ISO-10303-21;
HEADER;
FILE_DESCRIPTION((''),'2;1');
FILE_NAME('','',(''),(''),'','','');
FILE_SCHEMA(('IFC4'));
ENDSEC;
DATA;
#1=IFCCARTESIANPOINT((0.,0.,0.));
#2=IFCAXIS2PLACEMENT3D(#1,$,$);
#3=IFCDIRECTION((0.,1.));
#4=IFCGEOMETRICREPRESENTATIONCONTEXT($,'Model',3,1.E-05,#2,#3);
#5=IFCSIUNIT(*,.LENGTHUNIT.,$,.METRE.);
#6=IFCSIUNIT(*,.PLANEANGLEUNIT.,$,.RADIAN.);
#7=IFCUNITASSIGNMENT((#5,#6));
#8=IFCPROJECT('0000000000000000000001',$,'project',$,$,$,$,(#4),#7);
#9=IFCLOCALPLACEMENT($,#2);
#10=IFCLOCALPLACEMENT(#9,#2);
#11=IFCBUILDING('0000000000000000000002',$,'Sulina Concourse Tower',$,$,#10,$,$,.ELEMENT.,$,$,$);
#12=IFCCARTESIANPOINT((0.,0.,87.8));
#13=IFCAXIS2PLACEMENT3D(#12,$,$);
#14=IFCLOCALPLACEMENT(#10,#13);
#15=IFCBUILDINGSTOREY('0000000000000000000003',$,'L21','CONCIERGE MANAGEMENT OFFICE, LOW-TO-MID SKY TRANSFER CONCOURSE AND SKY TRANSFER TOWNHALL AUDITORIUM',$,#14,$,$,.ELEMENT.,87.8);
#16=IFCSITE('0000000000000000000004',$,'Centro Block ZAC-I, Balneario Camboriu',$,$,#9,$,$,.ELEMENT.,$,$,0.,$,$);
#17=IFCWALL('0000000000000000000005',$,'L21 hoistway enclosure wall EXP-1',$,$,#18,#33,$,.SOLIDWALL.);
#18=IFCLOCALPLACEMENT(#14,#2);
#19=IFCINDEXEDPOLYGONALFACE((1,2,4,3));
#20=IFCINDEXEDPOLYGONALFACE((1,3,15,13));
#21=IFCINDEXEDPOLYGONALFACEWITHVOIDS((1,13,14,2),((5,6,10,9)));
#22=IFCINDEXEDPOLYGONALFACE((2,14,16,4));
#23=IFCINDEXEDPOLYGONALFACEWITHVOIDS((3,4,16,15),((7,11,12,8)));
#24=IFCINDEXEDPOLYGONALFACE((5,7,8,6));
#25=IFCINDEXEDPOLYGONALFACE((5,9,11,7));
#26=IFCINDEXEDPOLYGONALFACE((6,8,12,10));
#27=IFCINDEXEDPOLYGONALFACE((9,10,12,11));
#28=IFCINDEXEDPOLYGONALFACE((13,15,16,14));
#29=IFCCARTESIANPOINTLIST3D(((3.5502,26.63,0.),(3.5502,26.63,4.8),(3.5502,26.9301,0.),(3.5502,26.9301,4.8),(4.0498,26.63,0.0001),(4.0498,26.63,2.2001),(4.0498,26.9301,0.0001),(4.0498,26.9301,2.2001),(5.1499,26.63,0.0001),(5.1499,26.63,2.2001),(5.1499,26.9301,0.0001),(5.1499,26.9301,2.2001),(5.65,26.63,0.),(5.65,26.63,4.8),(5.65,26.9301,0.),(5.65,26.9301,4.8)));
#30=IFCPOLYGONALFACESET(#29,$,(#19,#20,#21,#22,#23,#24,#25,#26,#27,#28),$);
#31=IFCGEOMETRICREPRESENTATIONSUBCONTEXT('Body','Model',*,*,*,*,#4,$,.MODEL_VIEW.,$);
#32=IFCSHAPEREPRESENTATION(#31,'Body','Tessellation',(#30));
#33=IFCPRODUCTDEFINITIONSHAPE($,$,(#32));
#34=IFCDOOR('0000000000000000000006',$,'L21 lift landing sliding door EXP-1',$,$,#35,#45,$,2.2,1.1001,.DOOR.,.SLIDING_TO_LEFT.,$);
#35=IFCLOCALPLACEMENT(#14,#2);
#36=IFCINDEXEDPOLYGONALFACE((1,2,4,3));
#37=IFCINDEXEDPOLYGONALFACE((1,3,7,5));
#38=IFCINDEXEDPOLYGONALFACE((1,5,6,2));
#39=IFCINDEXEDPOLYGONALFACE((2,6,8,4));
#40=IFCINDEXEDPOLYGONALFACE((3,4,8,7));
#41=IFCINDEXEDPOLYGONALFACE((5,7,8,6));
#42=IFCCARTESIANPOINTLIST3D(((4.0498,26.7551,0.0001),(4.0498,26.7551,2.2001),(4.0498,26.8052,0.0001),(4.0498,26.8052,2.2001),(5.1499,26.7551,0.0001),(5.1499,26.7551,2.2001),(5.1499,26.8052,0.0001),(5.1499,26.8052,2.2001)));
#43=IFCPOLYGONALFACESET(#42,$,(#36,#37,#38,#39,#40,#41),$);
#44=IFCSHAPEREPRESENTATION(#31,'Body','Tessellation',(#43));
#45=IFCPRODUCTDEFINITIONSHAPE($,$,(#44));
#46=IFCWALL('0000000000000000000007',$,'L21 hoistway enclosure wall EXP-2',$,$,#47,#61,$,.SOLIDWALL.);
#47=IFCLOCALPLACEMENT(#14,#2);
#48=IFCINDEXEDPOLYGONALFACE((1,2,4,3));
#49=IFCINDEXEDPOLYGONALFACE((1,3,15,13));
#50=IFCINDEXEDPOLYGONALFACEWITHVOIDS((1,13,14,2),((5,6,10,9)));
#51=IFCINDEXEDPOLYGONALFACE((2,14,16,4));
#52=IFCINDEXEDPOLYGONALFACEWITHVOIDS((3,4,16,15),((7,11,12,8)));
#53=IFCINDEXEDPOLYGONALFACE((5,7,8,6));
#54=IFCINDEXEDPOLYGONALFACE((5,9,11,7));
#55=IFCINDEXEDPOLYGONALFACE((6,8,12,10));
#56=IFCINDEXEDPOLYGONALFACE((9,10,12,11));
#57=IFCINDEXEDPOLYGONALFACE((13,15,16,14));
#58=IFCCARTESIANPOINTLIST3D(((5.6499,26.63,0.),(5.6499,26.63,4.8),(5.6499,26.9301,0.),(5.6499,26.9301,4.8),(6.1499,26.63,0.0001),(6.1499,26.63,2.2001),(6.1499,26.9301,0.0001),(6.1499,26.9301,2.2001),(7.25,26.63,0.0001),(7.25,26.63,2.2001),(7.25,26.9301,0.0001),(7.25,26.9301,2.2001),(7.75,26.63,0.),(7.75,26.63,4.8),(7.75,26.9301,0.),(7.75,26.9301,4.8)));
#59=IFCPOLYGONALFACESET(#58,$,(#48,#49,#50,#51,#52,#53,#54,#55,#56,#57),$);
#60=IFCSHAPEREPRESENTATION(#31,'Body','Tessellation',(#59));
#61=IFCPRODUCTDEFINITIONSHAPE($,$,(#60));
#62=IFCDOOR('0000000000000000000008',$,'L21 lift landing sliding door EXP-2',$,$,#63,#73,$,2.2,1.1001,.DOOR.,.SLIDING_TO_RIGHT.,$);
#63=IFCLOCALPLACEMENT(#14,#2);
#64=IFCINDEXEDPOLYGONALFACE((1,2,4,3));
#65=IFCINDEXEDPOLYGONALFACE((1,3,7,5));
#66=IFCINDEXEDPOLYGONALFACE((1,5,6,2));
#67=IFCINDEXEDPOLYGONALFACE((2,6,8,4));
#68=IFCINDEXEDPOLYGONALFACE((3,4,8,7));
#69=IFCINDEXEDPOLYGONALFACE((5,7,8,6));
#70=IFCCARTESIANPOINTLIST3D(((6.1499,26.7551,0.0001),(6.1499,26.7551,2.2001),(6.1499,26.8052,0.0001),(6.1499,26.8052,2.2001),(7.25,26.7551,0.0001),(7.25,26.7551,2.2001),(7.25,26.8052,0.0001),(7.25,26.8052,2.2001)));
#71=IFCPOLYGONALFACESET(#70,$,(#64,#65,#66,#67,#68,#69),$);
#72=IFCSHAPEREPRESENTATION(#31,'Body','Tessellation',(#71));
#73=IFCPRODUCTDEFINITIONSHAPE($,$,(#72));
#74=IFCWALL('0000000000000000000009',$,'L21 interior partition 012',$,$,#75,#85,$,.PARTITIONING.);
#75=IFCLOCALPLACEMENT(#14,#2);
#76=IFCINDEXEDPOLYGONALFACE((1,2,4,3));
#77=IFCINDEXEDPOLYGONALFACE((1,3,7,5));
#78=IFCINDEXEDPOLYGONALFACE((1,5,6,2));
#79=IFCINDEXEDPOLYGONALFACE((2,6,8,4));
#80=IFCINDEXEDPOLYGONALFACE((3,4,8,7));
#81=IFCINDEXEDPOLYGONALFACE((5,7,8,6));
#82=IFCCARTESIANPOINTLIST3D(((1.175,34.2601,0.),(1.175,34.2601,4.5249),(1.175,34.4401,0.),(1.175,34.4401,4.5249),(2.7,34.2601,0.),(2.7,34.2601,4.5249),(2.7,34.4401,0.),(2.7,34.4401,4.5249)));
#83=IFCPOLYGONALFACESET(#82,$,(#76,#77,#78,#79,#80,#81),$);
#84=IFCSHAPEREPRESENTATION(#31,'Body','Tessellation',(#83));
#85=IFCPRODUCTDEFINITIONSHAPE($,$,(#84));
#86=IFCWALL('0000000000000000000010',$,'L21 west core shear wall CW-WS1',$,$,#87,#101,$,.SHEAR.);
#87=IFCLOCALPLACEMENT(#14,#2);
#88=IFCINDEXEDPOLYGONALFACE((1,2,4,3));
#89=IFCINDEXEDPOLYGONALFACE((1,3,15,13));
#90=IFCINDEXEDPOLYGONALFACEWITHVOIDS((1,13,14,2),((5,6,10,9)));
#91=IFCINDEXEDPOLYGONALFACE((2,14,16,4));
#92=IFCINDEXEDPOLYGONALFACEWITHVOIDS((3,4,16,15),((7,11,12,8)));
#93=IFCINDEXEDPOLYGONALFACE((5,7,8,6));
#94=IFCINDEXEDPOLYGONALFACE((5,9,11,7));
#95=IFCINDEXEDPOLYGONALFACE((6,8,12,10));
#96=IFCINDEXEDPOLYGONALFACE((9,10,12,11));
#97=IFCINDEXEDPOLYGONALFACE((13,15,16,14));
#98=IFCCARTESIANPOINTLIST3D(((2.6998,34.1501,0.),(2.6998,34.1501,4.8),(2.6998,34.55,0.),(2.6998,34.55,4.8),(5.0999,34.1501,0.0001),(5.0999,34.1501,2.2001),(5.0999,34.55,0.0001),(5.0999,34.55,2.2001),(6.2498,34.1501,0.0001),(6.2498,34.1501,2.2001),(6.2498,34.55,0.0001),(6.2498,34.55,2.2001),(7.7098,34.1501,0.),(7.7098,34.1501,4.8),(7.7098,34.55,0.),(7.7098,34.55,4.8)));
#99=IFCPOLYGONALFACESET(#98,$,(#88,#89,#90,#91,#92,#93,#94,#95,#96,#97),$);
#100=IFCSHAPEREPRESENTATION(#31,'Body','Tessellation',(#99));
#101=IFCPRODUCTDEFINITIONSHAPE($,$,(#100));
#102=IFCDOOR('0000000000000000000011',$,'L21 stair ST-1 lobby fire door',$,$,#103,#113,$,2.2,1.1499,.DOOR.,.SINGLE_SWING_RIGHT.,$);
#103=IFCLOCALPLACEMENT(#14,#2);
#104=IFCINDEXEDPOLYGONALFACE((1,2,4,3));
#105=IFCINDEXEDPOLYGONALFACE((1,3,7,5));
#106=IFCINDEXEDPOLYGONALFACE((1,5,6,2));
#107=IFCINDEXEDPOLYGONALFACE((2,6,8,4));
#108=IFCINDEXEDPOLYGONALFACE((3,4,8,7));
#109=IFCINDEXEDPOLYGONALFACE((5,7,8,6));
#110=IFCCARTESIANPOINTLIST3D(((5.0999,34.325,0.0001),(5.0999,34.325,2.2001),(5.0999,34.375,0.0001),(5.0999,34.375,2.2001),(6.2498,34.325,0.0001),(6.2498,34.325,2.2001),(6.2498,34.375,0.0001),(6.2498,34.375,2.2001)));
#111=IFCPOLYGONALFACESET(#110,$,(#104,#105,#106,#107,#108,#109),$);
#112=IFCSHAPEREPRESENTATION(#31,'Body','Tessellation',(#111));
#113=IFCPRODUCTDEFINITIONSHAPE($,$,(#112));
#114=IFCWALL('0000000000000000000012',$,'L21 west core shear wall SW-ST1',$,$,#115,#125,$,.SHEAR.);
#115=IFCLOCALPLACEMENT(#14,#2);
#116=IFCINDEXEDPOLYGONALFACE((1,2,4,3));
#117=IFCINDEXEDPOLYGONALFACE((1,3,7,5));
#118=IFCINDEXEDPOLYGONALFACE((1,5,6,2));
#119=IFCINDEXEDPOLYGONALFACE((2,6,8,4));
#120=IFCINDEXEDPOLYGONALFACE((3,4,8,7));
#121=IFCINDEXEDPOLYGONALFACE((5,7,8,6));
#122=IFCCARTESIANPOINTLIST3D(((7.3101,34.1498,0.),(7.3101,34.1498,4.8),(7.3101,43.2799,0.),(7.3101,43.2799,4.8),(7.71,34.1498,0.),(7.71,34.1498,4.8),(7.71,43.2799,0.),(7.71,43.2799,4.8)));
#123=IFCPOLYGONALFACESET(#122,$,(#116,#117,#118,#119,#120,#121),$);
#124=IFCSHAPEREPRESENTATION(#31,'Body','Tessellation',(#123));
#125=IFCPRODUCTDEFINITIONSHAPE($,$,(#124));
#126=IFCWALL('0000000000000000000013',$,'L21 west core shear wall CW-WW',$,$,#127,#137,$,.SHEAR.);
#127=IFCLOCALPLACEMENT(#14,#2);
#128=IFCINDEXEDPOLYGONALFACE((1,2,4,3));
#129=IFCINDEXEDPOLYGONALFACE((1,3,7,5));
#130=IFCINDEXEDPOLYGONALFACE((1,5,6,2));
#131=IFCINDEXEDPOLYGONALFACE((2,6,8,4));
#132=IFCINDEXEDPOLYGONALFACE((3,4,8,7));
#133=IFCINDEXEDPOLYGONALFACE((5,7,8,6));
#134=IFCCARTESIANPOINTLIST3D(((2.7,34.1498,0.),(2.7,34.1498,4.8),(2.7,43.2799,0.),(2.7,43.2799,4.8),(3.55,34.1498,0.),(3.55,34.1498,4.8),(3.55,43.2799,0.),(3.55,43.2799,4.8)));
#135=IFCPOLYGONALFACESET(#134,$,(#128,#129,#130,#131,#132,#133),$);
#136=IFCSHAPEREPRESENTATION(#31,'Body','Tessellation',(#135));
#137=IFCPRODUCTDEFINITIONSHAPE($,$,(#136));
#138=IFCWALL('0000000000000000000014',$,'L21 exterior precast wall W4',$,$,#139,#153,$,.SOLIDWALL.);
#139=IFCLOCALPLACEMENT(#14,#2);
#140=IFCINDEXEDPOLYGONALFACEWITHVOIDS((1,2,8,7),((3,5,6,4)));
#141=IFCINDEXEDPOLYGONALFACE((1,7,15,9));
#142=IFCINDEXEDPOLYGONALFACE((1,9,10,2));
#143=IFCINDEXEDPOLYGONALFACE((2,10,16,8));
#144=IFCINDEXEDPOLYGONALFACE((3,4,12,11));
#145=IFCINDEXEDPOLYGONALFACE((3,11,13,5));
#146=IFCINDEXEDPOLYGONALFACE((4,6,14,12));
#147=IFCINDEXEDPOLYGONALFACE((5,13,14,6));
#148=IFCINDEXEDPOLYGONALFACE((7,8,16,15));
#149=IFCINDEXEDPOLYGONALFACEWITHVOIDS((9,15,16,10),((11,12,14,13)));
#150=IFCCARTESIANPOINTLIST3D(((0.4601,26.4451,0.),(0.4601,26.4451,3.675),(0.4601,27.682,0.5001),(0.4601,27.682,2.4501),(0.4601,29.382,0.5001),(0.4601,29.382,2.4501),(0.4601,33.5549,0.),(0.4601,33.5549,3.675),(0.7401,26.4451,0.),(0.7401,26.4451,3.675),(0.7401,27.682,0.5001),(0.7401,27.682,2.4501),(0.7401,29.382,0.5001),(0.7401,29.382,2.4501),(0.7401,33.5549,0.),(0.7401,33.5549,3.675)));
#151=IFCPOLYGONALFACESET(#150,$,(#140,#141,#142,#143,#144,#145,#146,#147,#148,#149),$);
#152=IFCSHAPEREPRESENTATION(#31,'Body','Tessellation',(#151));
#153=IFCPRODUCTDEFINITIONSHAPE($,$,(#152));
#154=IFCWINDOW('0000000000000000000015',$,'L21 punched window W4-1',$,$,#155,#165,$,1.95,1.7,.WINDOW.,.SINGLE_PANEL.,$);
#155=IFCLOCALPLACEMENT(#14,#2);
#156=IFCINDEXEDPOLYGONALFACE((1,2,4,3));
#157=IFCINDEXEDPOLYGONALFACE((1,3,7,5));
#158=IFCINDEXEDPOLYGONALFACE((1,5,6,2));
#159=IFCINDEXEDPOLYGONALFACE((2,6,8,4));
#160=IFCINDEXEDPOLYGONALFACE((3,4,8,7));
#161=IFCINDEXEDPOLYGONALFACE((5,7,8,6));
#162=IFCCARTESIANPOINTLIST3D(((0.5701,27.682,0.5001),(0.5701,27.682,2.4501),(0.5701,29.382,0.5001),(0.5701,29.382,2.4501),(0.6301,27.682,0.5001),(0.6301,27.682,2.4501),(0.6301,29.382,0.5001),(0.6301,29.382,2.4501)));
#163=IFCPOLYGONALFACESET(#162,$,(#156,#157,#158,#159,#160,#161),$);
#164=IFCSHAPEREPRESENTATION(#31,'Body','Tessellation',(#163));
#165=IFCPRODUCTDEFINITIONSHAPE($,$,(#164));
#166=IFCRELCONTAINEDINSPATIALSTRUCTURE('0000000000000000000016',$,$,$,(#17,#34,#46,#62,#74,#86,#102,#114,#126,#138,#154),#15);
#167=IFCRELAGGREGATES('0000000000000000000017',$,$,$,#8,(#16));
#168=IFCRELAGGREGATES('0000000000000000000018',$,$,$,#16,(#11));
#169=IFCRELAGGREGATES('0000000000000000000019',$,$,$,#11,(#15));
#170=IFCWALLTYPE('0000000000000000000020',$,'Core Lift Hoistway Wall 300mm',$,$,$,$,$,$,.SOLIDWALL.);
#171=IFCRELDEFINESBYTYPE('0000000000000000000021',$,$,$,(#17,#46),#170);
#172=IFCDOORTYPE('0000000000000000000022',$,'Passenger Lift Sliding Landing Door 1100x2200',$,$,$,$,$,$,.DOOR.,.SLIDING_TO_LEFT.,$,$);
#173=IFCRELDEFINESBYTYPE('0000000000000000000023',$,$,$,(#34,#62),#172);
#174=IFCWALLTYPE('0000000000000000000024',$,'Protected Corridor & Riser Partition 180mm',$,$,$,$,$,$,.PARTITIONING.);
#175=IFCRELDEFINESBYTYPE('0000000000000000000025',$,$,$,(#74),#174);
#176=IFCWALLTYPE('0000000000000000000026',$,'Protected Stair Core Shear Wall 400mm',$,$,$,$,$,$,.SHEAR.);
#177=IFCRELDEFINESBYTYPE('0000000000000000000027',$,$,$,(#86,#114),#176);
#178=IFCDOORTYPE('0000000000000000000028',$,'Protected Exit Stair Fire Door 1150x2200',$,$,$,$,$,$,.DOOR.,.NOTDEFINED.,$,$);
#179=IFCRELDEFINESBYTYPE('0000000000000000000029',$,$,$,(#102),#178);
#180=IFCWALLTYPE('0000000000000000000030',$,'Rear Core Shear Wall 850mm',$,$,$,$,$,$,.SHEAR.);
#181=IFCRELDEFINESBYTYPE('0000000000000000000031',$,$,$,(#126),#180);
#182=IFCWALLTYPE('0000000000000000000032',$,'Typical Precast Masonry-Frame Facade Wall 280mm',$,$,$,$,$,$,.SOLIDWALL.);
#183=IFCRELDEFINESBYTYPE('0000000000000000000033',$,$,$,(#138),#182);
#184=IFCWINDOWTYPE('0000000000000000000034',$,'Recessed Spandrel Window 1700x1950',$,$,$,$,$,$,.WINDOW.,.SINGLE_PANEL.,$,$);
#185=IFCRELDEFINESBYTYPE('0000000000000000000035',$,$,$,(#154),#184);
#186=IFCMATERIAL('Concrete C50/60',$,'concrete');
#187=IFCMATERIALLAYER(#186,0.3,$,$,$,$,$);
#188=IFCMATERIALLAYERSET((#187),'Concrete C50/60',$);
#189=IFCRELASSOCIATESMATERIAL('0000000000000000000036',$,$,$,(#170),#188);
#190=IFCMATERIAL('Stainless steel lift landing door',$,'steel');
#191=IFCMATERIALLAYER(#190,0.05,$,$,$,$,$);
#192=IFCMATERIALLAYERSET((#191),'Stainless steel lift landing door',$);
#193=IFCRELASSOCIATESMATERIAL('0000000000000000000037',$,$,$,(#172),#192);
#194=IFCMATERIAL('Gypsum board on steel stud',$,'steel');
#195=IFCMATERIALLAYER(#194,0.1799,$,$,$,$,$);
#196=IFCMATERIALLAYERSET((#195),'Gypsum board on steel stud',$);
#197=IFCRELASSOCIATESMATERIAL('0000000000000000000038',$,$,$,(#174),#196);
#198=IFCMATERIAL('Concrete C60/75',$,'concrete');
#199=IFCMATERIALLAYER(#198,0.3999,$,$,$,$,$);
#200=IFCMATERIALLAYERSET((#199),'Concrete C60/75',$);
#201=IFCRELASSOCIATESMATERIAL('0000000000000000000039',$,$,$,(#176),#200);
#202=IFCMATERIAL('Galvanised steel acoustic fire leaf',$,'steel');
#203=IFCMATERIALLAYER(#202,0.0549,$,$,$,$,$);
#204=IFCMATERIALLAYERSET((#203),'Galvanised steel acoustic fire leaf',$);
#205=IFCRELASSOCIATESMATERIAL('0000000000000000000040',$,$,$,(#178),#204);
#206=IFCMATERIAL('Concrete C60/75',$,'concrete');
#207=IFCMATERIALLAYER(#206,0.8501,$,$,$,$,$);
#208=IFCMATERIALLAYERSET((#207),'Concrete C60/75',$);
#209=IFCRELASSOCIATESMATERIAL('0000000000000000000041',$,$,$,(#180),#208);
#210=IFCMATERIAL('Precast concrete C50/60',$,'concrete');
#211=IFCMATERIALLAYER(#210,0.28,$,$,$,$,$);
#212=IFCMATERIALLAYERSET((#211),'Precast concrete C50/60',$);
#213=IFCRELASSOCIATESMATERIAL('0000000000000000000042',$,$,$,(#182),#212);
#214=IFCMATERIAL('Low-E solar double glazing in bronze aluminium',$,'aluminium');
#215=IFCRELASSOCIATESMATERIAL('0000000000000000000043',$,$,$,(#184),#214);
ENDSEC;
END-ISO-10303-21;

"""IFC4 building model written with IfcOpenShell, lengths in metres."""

from ifc_helpers import new_model, si_unit, direction, frame, frame_2d, origin, place, context, subcontext, project, spatial, rectangle, extrude, material, layer, layer_set, type_object, element, fill, save


model = new_model("IFC4")

# Units and contexts
model_context = context("Model", 3, precision=1e-05, world=origin(), true_north=direction((0.0, 1.0)))
body_context = subcontext(model_context, "Body", "Model", "MODEL_VIEW")
ifc_project = project(units=[si_unit("LENGTHUNIT", "METRE"), si_unit("PLANEANGLEUNIT", "RADIAN")], contexts=[model_context])

# Site, building, storey
site_placement = place(None, origin())
site = spatial("IfcSite", under=ifc_project, at=site_placement, Name="Centro Block ZAC-I, Balneario Camboriu", CompositionType="ELEMENT", RefElevation=0.0)
building_placement = place(site_placement, origin())
building = spatial("IfcBuilding", under=site, at=building_placement, Name="Sulina Concourse Tower", CompositionType="ELEMENT")
storey_placement = place(building_placement, frame((0.0, 0.0, 87.8)))
storey = spatial("IfcBuildingStorey", under=building, at=storey_placement, Name="L21", Description="CONCIERGE MANAGEMENT OFFICE, LOW-TO-MID SKY TRANSFER CONCOURSE AND SKY TRANSFER TOWNHALL AUDITORIUM", CompositionType="ELEMENT", Elevation=87.8)

# Walls, openings, doors
ifc_material_1 = material(Name="Concrete C50/60", Category="concrete")
ifc_layer_1 = layer(ifc_material_1, 0.3)
ifc_layer_set_1 = layer_set([ifc_layer_1], Name="Concrete C50/60")
wall_type_1 = type_object("IfcWallType", Name="Core Lift Hoistway Wall 300mm", PredefinedType="SOLIDWALL", material=ifc_layer_set_1)
ifc_material_2 = material(Name="Stainless steel lift landing door", Category="steel")
ifc_layer_2 = layer(ifc_material_2, 0.05)
ifc_layer_set_2 = layer_set([ifc_layer_2], Name="Stainless steel lift landing door")
door_type_1 = type_object("IfcDoorType", Name="Passenger Lift Sliding Landing Door 1100x2200", OperationType="SLIDING_TO_LEFT", PredefinedType="DOOR", material=ifc_layer_set_2)
wall_1_placement = place(storey_placement, frame((5.6499, 26.78, 0.0), z_axis=(0.0, 0.0, 1.0), x_axis=(-1.0, 0.0, 0.0)))
wall_1 = element("IfcWall", 1, at=wall_1_placement, inside=storey, type_object=wall_type_1, Name="L21 hoistway enclosure wall EXP-1", PredefinedType="SOLIDWALL", context=body_context, shape_type="SweptSolid", body=[
    extrude(rectangle(XDim=2.0999, YDim=0.3, at=frame_2d((1.0498, 0.0))), origin(), (0.0, 0.0, 1.0), 4.8),
])
opening_1_placement = place(wall_1_placement, frame((0.5, 0.0, 0.0)))
opening_1 = element("IfcOpeningElement", 2, at=opening_1_placement, cuts=wall_1, PredefinedType="OPENING", context=body_context, shape_type="SweptSolid", body=[
    extrude(rectangle(XDim=1.1001, YDim=2.2, at=frame_2d((0.55, 1.1001))), frame((0.0, 0.1599, 0.0), z_axis=(0.0, -1.0, 0.0), x_axis=(1.0, 0.0, 0.0)), (0.0, 0.0, 1.0), 0.3201),
])
door_1_placement = place(opening_1_placement, origin())
door_1 = element("IfcDoor", 3, at=door_1_placement, inside=storey, type_object=door_type_1, Name="L21 lift landing sliding door EXP-1", OperationType="SLIDING_TO_LEFT", OverallHeight=2.2, OverallWidth=1.1001, PredefinedType="DOOR", context=body_context, shape_type="SweptSolid", body=[
    extrude(rectangle(XDim=1.1001, YDim=2.2, at=frame_2d((0.55, 1.1001))), frame((0.0, 0.0249, 0.0), z_axis=(0.0, -1.0, 0.0), x_axis=(1.0, 0.0, 0.0)), (0.0, 0.0, 1.0), 0.05),
])
fill(opening_1, door_1)
wall_2_placement = place(storey_placement, frame((7.75, 26.78, 0.0), z_axis=(0.0, 0.0, 1.0), x_axis=(-1.0, 0.0, 0.0)))
wall_2 = element("IfcWall", 4, at=wall_2_placement, inside=storey, type_object=wall_type_1, Name="L21 hoistway enclosure wall EXP-2", PredefinedType="SOLIDWALL", context=body_context, shape_type="SweptSolid", body=[
    extrude(rectangle(XDim=2.1001, YDim=0.3, at=frame_2d((1.05, 0.0))), origin(), (0.0, 0.0, 1.0), 4.8),
])
opening_2_placement = place(wall_2_placement, frame((0.5, 0.0, 0.0)))
opening_2 = element("IfcOpeningElement", 5, at=opening_2_placement, cuts=wall_2, PredefinedType="OPENING", context=body_context, shape_type="SweptSolid", body=[
    extrude(rectangle(XDim=1.1001, YDim=2.2, at=frame_2d((0.55, 1.1001))), frame((0.0, 0.1599, 0.0), z_axis=(0.0, -1.0, 0.0), x_axis=(1.0, 0.0, 0.0)), (0.0, 0.0, 1.0), 0.3201),
])
door_2_placement = place(opening_2_placement, origin())
door_2 = element("IfcDoor", 6, at=door_2_placement, inside=storey, type_object=door_type_1, Name="L21 lift landing sliding door EXP-2", OperationType="SLIDING_TO_RIGHT", OverallHeight=2.2, OverallWidth=1.1001, PredefinedType="DOOR", context=body_context, shape_type="SweptSolid", body=[
    extrude(rectangle(XDim=1.1001, YDim=2.2, at=frame_2d((0.55, 1.1001))), frame((0.0, 0.0249, 0.0), z_axis=(0.0, -1.0, 0.0), x_axis=(1.0, 0.0, 0.0)), (0.0, 0.0, 1.0), 0.05),
])
fill(opening_2, door_2)

# Wall
ifc_material_3 = material(Name="Gypsum board on steel stud", Category="steel")
ifc_layer_3 = layer(ifc_material_3, 0.1799)
ifc_layer_set_3 = layer_set([ifc_layer_3], Name="Gypsum board on steel stud")
wall_type_2 = type_object("IfcWallType", Name="Protected Corridor & Riser Partition 180mm", PredefinedType="PARTITIONING", material=ifc_layer_set_3)
wall_3_placement = place(storey_placement, frame((1.175, 34.3501, 0.0), z_axis=(0.0, 0.0, 1.0), x_axis=(1.0, 0.0, 0.0)))
element("IfcWall", 7, at=wall_3_placement, inside=storey, type_object=wall_type_2, Name="L21 interior partition 012", PredefinedType="PARTITIONING", context=body_context, shape_type="SweptSolid", body=[
    extrude(rectangle(XDim=1.5249, YDim=0.1799, at=frame_2d((0.7625, 0.0))), origin(), (0.0, 0.0, 1.0), 4.5249),
])

# Wall, opening, door
ifc_material_4 = material(Name="Concrete C60/75", Category="concrete")
ifc_layer_4 = layer(ifc_material_4, 0.3999)
ifc_layer_set_4 = layer_set([ifc_layer_4], Name="Concrete C60/75")
wall_type_3 = type_object("IfcWallType", Name="Protected Stair Core Shear Wall 400mm", PredefinedType="SHEAR", material=ifc_layer_set_4)
wall_4_placement = place(storey_placement, frame((2.7, 34.3501, 0.0), z_axis=(0.0, 0.0, 1.0), x_axis=(1.0, 0.0, 0.0)))
wall_4 = element("IfcWall", 8, at=wall_4_placement, inside=storey, type_object=wall_type_3, Name="L21 west core shear wall CW-WS1", PredefinedType="SHEAR", context=body_context, shape_type="SweptSolid", body=[
    extrude(rectangle(XDim=5.01, YDim=0.3999, at=frame_2d((2.5049, 0.0))), origin(), (0.0, 0.0, 1.0), 4.8),
])
opening_3_placement = place(wall_4_placement, frame((2.3999, 0.0, 0.0)))
opening_3 = element("IfcOpeningElement", 9, at=opening_3_placement, cuts=wall_4, PredefinedType="OPENING", context=body_context, shape_type="SweptSolid", body=[
    extrude(rectangle(XDim=1.1499, YDim=2.2, at=frame_2d((0.575, 1.1001))), frame((0.0, 0.21, 0.0), z_axis=(0.0, -1.0, 0.0), x_axis=(1.0, 0.0, 0.0)), (0.0, 0.0, 1.0), 0.4199),
])
ifc_material_5 = material(Name="Galvanised steel acoustic fire leaf", Category="steel")
ifc_layer_5 = layer(ifc_material_5, 0.0549)
ifc_layer_set_5 = layer_set([ifc_layer_5], Name="Galvanised steel acoustic fire leaf")
door_type_2 = type_object("IfcDoorType", Name="Protected Exit Stair Fire Door 1150x2200", OperationType="NOTDEFINED", PredefinedType="DOOR", material=ifc_layer_set_5)
door_3_placement = place(opening_3_placement, origin())
door_3 = element("IfcDoor", 10, at=door_3_placement, inside=storey, type_object=door_type_2, Name="L21 stair ST-1 lobby fire door", OperationType="SINGLE_SWING_RIGHT", OverallHeight=2.2, OverallWidth=1.1499, PredefinedType="DOOR", context=body_context, shape_type="SweptSolid", body=[
    extrude(rectangle(XDim=1.1499, YDim=2.2, at=frame_2d((0.575, 1.1001))), frame((0.0, 0.0249, 0.0), z_axis=(0.0, -1.0, 0.0), x_axis=(1.0, 0.0, 0.0)), (0.0, 0.0, 1.0), 0.05),
])
fill(opening_3, door_3)

# Walls
wall_5_placement = place(storey_placement, frame((7.51, 34.1499, 0.0), z_axis=(0.0, 0.0, 1.0), x_axis=(0.0, 1.0, 0.0)))
element("IfcWall", 11, at=wall_5_placement, inside=storey, type_object=wall_type_3, Name="L21 west core shear wall SW-ST1", PredefinedType="SHEAR", context=body_context, shape_type="SweptSolid", body=[
    extrude(rectangle(XDim=9.1301, YDim=0.3999, at=frame_2d((4.5649, 0.0))), origin(), (0.0, 0.0, 1.0), 4.8),
])
ifc_material_6 = material(Name="Concrete C60/75", Category="concrete")
ifc_layer_6 = layer(ifc_material_6, 0.8501)
ifc_layer_set_6 = layer_set([ifc_layer_6], Name="Concrete C60/75")
wall_type_4 = type_object("IfcWallType", Name="Rear Core Shear Wall 850mm", PredefinedType="SHEAR", material=ifc_layer_set_6)
wall_6_placement = place(storey_placement, frame((3.125, 34.1499, 0.0), z_axis=(0.0, 0.0, 1.0), x_axis=(0.0, 1.0, 0.0)))
element("IfcWall", 12, at=wall_6_placement, inside=storey, type_object=wall_type_4, Name="L21 west core shear wall CW-WW", PredefinedType="SHEAR", context=body_context, shape_type="SweptSolid", body=[
    extrude(rectangle(XDim=9.1301, YDim=0.8501, at=frame_2d((4.5649, 0.0))), origin(), (0.0, 0.0, 1.0), 4.8),
])

# Wall, opening, window
ifc_material_7 = material(Name="Precast concrete C50/60", Category="concrete")
ifc_layer_7 = layer(ifc_material_7, 0.28)
ifc_layer_set_7 = layer_set([ifc_layer_7], Name="Precast concrete C50/60")
wall_type_5 = type_object("IfcWallType", Name="Typical Precast Masonry-Frame Facade Wall 280mm", PredefinedType="SOLIDWALL", material=ifc_layer_set_7)
wall_7_placement = place(storey_placement, frame((0.6001, 26.4451, 0.0), z_axis=(0.0, 0.0, 1.0), x_axis=(0.0, 1.0, 0.0)))
wall_7 = element("IfcWall", 13, at=wall_7_placement, inside=storey, type_object=wall_type_5, Name="L21 exterior precast wall W4", PredefinedType="SOLIDWALL", context=body_context, shape_type="SweptSolid", body=[
    extrude(rectangle(XDim=7.1099, YDim=0.28, at=frame_2d((3.5549, 0.0))), origin(), (0.0, 0.0, 1.0), 3.675),
])
opening_4_placement = place(wall_7_placement, frame((1.2368, 0.0, 0.5)))
opening_4 = element("IfcOpeningElement", 14, at=opening_4_placement, cuts=wall_7, PredefinedType="OPENING", context=body_context, shape_type="SweptSolid", body=[
    extrude(rectangle(XDim=1.7, YDim=1.95, at=frame_2d((0.8501, 0.9751))), frame((0.0, 0.1499, 0.0), z_axis=(0.0, -1.0, 0.0), x_axis=(1.0, 0.0, 0.0)), (0.0, 0.0, 1.0), 0.3),
])
ifc_material_8 = material(Name="Low-E solar double glazing in bronze aluminium", Category="aluminium")
window_type = type_object("IfcWindowType", Name="Recessed Spandrel Window 1700x1950", PartitioningType="SINGLE_PANEL", PredefinedType="WINDOW", material=ifc_material_8)
window_placement = place(opening_4_placement, origin())
window = element("IfcWindow", 15, at=window_placement, inside=storey, type_object=window_type, Name="L21 punched window W4-1", OverallHeight=1.95, OverallWidth=1.7, PartitioningType="SINGLE_PANEL", PredefinedType="WINDOW", context=body_context, shape_type="SweptSolid", body=[
    extrude(rectangle(XDim=1.7, YDim=1.95, at=frame_2d((0.8501, 0.9751))), frame((0.0, 0.03, 0.0), z_axis=(0.0, -1.0, 0.0), x_axis=(1.0, 0.0, 0.0)), (0.0, 0.0, 1.0), 0.0601),
])
fill(opening_4, window)

save(model, "model.ifc")
